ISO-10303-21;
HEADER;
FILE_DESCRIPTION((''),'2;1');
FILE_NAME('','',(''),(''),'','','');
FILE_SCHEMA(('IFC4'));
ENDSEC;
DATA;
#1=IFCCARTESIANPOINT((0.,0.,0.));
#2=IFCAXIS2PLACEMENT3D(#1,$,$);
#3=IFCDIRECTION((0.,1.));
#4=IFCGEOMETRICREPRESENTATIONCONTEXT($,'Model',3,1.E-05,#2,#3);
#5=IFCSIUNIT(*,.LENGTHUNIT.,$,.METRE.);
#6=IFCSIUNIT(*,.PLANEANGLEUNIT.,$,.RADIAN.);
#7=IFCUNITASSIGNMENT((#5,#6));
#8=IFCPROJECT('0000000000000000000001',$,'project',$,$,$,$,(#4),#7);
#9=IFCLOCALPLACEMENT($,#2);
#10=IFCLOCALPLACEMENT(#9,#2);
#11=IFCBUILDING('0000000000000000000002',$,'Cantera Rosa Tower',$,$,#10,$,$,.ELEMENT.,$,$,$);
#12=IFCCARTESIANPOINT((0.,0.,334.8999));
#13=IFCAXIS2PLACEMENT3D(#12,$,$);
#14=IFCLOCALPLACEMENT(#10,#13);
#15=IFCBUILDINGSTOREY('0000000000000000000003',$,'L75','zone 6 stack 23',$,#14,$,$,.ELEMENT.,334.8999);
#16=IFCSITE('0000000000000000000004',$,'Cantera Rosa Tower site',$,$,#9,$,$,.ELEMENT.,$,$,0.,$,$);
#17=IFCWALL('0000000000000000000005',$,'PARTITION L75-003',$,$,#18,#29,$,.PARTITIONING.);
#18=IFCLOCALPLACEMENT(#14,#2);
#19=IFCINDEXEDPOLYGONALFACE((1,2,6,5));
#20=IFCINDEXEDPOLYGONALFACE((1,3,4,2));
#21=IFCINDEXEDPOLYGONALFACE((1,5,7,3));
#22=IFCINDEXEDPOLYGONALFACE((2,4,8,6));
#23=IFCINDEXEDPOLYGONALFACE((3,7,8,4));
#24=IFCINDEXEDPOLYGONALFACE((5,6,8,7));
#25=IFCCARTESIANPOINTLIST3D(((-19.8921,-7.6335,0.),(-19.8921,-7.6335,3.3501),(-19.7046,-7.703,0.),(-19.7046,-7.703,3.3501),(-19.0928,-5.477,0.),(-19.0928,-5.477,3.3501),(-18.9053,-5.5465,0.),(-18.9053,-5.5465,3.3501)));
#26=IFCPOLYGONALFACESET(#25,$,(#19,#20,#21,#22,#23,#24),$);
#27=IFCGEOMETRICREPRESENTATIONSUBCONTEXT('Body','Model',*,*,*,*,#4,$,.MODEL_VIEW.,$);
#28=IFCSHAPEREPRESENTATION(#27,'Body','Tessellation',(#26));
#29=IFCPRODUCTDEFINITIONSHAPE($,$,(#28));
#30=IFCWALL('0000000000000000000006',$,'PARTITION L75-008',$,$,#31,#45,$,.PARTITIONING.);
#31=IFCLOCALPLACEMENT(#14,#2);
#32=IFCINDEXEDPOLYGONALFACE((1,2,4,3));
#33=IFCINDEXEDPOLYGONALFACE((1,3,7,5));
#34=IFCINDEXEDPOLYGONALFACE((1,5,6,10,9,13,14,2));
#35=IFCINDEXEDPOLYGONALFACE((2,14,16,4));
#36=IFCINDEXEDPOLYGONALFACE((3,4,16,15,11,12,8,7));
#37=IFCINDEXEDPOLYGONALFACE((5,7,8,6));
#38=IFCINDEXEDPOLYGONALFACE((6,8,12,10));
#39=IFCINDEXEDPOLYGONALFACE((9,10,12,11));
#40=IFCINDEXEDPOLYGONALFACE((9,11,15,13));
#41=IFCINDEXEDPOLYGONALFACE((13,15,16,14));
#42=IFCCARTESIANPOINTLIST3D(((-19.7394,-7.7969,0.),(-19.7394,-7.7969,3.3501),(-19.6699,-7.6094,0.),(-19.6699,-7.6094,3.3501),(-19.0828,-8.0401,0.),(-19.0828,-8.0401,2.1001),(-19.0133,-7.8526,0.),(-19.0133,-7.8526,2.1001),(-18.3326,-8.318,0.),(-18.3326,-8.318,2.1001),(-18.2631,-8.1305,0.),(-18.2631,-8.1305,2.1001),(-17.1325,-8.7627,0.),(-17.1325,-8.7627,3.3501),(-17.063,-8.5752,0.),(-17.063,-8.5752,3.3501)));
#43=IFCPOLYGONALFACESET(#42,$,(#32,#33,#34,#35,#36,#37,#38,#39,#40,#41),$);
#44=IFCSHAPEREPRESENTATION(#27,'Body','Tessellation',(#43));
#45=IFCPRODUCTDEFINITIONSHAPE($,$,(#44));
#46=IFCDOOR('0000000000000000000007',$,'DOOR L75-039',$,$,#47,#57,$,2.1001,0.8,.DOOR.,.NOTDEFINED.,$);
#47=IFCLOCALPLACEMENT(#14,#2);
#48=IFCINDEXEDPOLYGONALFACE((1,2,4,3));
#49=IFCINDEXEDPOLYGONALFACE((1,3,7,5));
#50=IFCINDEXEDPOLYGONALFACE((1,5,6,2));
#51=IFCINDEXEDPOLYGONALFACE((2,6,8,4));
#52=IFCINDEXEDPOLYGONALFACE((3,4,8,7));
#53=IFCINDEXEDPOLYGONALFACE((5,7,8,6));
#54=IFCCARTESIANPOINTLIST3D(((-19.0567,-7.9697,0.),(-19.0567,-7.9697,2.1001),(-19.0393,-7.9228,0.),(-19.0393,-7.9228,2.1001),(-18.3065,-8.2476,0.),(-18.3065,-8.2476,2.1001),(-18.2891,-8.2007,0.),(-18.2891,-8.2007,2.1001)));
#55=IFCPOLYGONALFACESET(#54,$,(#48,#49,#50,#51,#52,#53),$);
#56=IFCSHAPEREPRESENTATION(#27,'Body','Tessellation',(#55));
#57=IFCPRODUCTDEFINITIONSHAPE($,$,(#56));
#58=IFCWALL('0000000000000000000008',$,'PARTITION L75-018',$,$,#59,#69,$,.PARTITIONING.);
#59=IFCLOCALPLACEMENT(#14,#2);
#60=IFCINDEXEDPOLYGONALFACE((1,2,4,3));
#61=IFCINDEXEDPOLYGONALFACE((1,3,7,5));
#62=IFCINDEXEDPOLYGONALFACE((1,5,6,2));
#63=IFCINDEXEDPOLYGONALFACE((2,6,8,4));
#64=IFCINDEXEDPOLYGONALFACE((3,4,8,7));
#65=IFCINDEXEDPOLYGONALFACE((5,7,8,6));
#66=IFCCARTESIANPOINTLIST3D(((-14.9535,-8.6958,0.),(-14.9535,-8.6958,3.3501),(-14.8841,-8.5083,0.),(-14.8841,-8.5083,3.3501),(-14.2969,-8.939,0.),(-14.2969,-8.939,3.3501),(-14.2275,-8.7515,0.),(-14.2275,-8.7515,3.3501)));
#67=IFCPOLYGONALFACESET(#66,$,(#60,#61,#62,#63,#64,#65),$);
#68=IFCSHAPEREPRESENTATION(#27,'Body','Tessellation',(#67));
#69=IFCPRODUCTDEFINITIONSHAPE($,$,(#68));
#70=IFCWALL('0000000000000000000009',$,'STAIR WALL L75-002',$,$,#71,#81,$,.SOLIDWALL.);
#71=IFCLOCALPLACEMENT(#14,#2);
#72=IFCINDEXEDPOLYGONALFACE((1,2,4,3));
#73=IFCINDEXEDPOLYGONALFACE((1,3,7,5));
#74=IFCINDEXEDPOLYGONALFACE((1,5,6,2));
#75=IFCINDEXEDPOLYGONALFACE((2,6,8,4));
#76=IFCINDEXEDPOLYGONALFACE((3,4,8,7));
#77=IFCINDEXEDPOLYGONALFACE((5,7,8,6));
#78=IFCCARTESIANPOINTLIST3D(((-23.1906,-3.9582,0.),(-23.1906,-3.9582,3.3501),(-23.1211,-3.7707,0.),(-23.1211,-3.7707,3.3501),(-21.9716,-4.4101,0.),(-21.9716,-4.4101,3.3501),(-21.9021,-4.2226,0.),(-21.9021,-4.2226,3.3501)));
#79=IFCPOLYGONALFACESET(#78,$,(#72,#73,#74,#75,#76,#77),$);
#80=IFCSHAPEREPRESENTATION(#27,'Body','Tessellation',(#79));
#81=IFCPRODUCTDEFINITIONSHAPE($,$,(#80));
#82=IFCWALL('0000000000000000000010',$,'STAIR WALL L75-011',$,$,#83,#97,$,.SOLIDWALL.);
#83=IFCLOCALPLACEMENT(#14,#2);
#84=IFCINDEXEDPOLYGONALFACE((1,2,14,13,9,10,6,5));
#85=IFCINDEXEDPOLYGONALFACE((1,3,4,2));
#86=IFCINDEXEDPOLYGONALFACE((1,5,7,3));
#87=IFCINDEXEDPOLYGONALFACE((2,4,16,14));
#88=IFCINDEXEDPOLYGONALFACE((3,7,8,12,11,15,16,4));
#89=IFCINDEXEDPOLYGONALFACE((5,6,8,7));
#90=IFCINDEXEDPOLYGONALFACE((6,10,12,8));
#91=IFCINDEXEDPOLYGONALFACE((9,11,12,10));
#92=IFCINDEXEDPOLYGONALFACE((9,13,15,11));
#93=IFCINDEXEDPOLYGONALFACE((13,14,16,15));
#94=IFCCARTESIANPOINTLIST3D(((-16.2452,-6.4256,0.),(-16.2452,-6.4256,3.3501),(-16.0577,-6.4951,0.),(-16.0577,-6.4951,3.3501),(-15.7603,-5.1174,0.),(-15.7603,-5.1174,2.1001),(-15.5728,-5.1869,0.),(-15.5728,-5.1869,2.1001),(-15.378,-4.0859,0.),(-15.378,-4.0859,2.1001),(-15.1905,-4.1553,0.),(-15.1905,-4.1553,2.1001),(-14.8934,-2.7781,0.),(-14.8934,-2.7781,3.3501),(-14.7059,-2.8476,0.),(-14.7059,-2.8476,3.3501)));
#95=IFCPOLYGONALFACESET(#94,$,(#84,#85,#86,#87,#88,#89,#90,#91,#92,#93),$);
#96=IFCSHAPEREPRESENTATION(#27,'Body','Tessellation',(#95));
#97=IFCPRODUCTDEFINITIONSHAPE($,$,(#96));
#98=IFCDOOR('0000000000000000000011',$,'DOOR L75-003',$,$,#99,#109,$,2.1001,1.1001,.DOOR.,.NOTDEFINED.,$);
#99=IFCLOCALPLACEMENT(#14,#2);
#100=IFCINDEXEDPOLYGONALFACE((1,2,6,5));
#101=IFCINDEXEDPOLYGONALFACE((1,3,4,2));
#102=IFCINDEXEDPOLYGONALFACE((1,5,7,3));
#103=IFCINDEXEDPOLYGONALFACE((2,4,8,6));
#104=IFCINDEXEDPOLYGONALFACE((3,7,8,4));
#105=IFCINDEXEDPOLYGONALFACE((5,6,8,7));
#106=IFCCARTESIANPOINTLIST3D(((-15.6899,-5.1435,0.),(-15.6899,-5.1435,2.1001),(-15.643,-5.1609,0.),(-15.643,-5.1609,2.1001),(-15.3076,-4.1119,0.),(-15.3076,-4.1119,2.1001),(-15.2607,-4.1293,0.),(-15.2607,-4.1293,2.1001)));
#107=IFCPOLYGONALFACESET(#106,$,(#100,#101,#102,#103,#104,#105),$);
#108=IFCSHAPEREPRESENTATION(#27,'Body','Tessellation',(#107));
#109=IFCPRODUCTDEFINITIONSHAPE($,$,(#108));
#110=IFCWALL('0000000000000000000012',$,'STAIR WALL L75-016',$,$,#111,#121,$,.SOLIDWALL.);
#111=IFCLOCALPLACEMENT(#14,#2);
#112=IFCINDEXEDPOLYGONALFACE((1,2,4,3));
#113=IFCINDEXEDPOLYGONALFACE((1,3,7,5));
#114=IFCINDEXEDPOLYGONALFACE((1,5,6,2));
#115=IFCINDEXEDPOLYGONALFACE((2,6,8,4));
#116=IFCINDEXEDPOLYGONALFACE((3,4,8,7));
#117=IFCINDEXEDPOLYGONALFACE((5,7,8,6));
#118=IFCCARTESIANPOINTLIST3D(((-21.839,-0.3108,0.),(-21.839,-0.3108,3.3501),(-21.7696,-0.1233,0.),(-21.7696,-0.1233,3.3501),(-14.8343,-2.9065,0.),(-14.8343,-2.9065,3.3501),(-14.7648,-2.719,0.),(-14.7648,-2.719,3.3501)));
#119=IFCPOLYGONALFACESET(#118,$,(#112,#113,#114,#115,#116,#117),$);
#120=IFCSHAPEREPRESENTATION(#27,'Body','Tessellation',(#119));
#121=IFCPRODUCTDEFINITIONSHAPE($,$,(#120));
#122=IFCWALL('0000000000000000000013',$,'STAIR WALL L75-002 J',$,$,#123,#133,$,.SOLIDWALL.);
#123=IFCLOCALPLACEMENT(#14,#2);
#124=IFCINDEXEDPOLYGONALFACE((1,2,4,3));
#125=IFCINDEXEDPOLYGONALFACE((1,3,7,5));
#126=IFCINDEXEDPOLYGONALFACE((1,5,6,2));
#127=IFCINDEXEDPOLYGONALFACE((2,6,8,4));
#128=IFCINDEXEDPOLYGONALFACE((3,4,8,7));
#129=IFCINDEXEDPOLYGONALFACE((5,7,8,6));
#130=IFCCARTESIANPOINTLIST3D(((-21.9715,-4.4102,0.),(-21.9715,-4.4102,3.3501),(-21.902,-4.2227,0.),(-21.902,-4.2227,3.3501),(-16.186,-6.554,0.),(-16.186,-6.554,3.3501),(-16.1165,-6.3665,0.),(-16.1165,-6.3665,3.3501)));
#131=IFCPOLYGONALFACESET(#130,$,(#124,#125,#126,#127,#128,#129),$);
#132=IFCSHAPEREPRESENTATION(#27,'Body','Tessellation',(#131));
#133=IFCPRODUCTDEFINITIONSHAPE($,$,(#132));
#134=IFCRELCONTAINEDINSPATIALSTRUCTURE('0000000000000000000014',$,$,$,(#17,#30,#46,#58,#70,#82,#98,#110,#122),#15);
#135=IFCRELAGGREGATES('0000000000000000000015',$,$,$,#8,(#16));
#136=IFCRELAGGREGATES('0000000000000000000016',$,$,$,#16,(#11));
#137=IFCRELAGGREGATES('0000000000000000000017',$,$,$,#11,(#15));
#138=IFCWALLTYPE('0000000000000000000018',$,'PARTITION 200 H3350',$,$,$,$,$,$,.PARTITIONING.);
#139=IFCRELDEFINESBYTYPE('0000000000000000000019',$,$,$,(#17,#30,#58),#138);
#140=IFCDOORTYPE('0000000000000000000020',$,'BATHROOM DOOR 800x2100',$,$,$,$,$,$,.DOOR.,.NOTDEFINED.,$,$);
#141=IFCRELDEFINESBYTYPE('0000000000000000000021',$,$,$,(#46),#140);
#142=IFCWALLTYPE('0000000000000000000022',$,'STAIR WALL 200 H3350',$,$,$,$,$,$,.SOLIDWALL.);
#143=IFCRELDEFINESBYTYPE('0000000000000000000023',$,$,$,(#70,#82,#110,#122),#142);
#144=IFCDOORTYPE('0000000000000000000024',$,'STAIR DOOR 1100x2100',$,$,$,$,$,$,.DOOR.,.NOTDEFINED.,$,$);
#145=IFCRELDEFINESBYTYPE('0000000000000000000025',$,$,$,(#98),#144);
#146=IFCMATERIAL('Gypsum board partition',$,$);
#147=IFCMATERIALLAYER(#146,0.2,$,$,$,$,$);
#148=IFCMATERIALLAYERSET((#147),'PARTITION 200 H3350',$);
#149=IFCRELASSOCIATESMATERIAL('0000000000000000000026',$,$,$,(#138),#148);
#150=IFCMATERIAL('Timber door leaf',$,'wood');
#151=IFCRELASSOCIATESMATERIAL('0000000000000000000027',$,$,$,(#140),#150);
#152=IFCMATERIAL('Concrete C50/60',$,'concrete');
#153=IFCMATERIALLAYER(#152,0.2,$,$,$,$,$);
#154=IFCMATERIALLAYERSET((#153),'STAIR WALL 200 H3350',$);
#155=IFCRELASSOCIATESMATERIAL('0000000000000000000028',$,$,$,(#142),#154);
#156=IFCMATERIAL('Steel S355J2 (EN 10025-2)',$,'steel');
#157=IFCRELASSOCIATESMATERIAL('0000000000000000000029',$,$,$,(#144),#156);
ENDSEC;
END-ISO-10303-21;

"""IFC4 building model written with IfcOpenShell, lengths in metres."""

from ifc_helpers import new_model, si_unit, direction, frame, frame_2d, origin, place, context, subcontext, project, spatial, rectangle, extrude, material, layer, layer_set, type_object, element, fill, save


model = new_model("IFC4")

# Units and contexts
model_context = context("Model", 3, precision=1e-05, world=origin(), true_north=direction((0.0, 1.0)))
body_context = subcontext(model_context, "Body", "Model", "MODEL_VIEW")
ifc_project = project(units=[si_unit("LENGTHUNIT", "METRE"), si_unit("PLANEANGLEUNIT", "RADIAN")], contexts=[model_context])

# Site, building, storey
site_placement = place(None, origin())
site = spatial("IfcSite", under=ifc_project, at=site_placement, Name="Cantera Rosa Tower site", CompositionType="ELEMENT", RefElevation=0.0)
building_placement = place(site_placement, origin())
building = spatial("IfcBuilding", under=site, at=building_placement, Name="Cantera Rosa Tower", CompositionType="ELEMENT")
storey_placement = place(building_placement, frame((0.0, 0.0, 334.8999)))
storey = spatial("IfcBuildingStorey", under=building, at=storey_placement, Name="L75", Description="zone 6 stack 23", CompositionType="ELEMENT", Elevation=334.8999)

# Shared definitions
ifc_material_1 = material(Name="Gypsum board partition")
ifc_layer_1 = layer(ifc_material_1, 0.2)
ifc_layer_set_1 = layer_set([ifc_layer_1], Name="PARTITION 200 H3350")
wall_type_1 = type_object("IfcWallType", Name="PARTITION 200 H3350", PredefinedType="PARTITIONING", material=ifc_layer_set_1)

# Wall
wall_1_placement = place(storey_placement, frame((-19.7983, -7.6682, 0.0), z_axis=(0.0, 0.0, 1.0), x_axis=(0.347549, 0.937662, 0.0)))
element("IfcWall", 1, at=wall_1_placement, inside=storey, type_object=wall_type_1, Name="PARTITION L75-003", PredefinedType="PARTITIONING", context=body_context, shape_type="SweptSolid", body=[
    extrude(rectangle(XDim=2.2998, YDim=0.2, at=frame_2d((1.1499, 0.0))), origin(), (0.0, 0.0, 1.0), 3.3501),
])

# Wall, opening, door
wall_2_placement = place(storey_placement, frame((-17.0977, -8.6689, 0.0), z_axis=(0.0, 0.0, 1.0), x_axis=(-0.937715, 0.347406, 0.0)))
wall_2 = element("IfcWall", 2, at=wall_2_placement, inside=storey, type_object=wall_type_1, Name="PARTITION L75-008", PredefinedType="PARTITIONING", context=body_context, shape_type="SweptSolid", body=[
    extrude(rectangle(XDim=2.78, YDim=0.2, at=frame_2d((1.3901, 0.0))), origin(), (0.0, 0.0, 1.0), 3.3501),
])
opening_1_placement = place(wall_2_placement, frame((1.28, 0.0, 0.0)))
opening_1 = element("IfcOpeningElement", 3, at=opening_1_placement, cuts=wall_2, PredefinedType="OPENING", context=body_context, shape_type="SweptSolid", body=[
    extrude(rectangle(XDim=0.8, YDim=2.1001, at=frame_2d((0.3999, 1.05))), frame((0.0, 0.1099, 0.0), z_axis=(0.0, -1.0, 0.0), x_axis=(1.0, 0.0, 0.0)), (0.0, 0.0, 1.0), 0.22),
])
ifc_material_2 = material(Name="Timber door leaf", Category="wood")
door_type_1 = type_object("IfcDoorType", Name="BATHROOM DOOR 800x2100", OperationType="NOTDEFINED", PredefinedType="DOOR", material=ifc_material_2)
door_1_placement = place(opening_1_placement, origin())
door_1 = element("IfcDoor", 4, at=door_1_placement, inside=storey, type_object=door_type_1, Name="DOOR L75-039", OperationType="NOTDEFINED", OverallHeight=2.1001, OverallWidth=0.8, PredefinedType="DOOR", context=body_context, shape_type="SweptSolid", body=[
    extrude(rectangle(XDim=0.8, YDim=2.1001, at=frame_2d((0.3999, 1.05))), frame((0.0, 0.0249, 0.0), z_axis=(0.0, -1.0, 0.0), x_axis=(1.0, 0.0, 0.0)), (0.0, 0.0, 1.0), 0.05),
])
fill(opening_1, door_1)

# Walls
wall_3_placement = place(storey_placement, frame((-14.2622, -8.8452, 0.0), z_axis=(0.0, 0.0, 1.0), x_axis=(-0.93774, 0.347337, 0.0)))
element("IfcWall", 5, at=wall_3_placement, inside=storey, type_object=wall_type_1, Name="PARTITION L75-018", PredefinedType="PARTITIONING", context=body_context, shape_type="SweptSolid", body=[
    extrude(rectangle(XDim=0.7002, YDim=0.2, at=frame_2d((0.3501, 0.0))), origin(), (0.0, 0.0, 1.0), 3.3501),
])
ifc_material_3 = material(Name="Concrete C50/60", Category="concrete")
ifc_layer_2 = layer(ifc_material_3, 0.2)
ifc_layer_set_2 = layer_set([ifc_layer_2], Name="STAIR WALL 200 H3350")
wall_type_2 = type_object("IfcWallType", Name="STAIR WALL 200 H3350", PredefinedType="SOLIDWALL", material=ifc_layer_set_2)
wall_4_placement = place(storey_placement, frame((-23.1558, -3.8645, 0.0), z_axis=(0.0, 0.0, 1.0), x_axis=(0.937642, -0.347602, 0.0)))
element("IfcWall", 6, at=wall_4_placement, inside=storey, type_object=wall_type_2, Name="STAIR WALL L75-002", PredefinedType="SOLIDWALL", context=body_context, shape_type="SweptSolid", body=[
    extrude(rectangle(XDim=1.3, YDim=0.2, at=frame_2d((0.6499, 0.0))), origin(), (0.0, 0.0, 1.0), 3.3501),
])

# Wall, opening, door
wall_5_placement = place(storey_placement, frame((-16.1514, -6.4602, 0.0), z_axis=(0.0, 0.0, 1.0), x_axis=(0.347517, 0.937674, 0.0)))
wall_5 = element("IfcWall", 7, at=wall_5_placement, inside=storey, type_object=wall_type_2, Name="STAIR WALL L75-011", PredefinedType="SOLIDWALL", context=body_context, shape_type="SweptSolid", body=[
    extrude(rectangle(XDim=3.8899, YDim=0.2, at=frame_2d((1.9448, 0.0))), origin(), (0.0, 0.0, 1.0), 3.3501),
])
opening_2_placement = place(wall_5_placement, frame((1.395, 0.0, 0.0)))
opening_2 = element("IfcOpeningElement", 8, at=opening_2_placement, cuts=wall_5, PredefinedType="OPENING", context=body_context, shape_type="SweptSolid", body=[
    extrude(rectangle(XDim=1.1001, YDim=2.1001, at=frame_2d((0.55, 1.05))), frame((0.0, 0.1099, 0.0), z_axis=(0.0, -1.0, 0.0), x_axis=(1.0, 0.0, 0.0)), (0.0, 0.0, 1.0), 0.22),
])
ifc_material_4 = material(Name="Steel S355J2 (EN 10025-2)", Category="steel")
door_type_2 = type_object("IfcDoorType", Name="STAIR DOOR 1100x2100", OperationType="NOTDEFINED", PredefinedType="DOOR", material=ifc_material_4)
door_2_placement = place(opening_2_placement, origin())
door_2 = element("IfcDoor", 9, at=door_2_placement, inside=storey, type_object=door_type_2, Name="DOOR L75-003", OperationType="NOTDEFINED", OverallHeight=2.1001, OverallWidth=1.1001, PredefinedType="DOOR", context=body_context, shape_type="SweptSolid", body=[
    extrude(rectangle(XDim=1.1001, YDim=2.1001, at=frame_2d((0.55, 1.05))), frame((0.0, 0.0249, 0.0), z_axis=(0.0, -1.0, 0.0), x_axis=(1.0, 0.0, 0.0)), (0.0, 0.0, 1.0), 0.05),
])
fill(opening_2, door_2)

# Walls
wall_6_placement = place(storey_placement, frame((-14.7996, -2.8127, 0.0), z_axis=(0.0, 0.0, 1.0), x_axis=(-0.937688, 0.347478, 0.0)))
element("IfcWall", 10, at=wall_6_placement, inside=storey, type_object=wall_type_2, Name="STAIR WALL L75-016", PredefinedType="SOLIDWALL", context=body_context, shape_type="SweptSolid", body=[
    extrude(rectangle(XDim=7.4702, YDim=0.2, at=frame_2d((3.7351, 0.0))), origin(), (0.0, 0.0, 1.0), 3.3501),
])
wall_7_placement = place(storey_placement, frame((-21.9368, -4.3164, 0.0), z_axis=(0.0, 0.0, 1.0), x_axis=(0.937693, -0.347465, 0.0)))
element("IfcWall", 11, at=wall_7_placement, inside=storey, type_object=wall_type_2, Name="STAIR WALL L75-002 J", PredefinedType="SOLIDWALL", context=body_context, shape_type="SweptSolid", body=[
    extrude(rectangle(XDim=6.1699, YDim=0.2, at=frame_2d((3.085, 0.0))), origin(), (0.0, 0.0, 1.0), 3.3501),
])

save(model, "model.ifc")
